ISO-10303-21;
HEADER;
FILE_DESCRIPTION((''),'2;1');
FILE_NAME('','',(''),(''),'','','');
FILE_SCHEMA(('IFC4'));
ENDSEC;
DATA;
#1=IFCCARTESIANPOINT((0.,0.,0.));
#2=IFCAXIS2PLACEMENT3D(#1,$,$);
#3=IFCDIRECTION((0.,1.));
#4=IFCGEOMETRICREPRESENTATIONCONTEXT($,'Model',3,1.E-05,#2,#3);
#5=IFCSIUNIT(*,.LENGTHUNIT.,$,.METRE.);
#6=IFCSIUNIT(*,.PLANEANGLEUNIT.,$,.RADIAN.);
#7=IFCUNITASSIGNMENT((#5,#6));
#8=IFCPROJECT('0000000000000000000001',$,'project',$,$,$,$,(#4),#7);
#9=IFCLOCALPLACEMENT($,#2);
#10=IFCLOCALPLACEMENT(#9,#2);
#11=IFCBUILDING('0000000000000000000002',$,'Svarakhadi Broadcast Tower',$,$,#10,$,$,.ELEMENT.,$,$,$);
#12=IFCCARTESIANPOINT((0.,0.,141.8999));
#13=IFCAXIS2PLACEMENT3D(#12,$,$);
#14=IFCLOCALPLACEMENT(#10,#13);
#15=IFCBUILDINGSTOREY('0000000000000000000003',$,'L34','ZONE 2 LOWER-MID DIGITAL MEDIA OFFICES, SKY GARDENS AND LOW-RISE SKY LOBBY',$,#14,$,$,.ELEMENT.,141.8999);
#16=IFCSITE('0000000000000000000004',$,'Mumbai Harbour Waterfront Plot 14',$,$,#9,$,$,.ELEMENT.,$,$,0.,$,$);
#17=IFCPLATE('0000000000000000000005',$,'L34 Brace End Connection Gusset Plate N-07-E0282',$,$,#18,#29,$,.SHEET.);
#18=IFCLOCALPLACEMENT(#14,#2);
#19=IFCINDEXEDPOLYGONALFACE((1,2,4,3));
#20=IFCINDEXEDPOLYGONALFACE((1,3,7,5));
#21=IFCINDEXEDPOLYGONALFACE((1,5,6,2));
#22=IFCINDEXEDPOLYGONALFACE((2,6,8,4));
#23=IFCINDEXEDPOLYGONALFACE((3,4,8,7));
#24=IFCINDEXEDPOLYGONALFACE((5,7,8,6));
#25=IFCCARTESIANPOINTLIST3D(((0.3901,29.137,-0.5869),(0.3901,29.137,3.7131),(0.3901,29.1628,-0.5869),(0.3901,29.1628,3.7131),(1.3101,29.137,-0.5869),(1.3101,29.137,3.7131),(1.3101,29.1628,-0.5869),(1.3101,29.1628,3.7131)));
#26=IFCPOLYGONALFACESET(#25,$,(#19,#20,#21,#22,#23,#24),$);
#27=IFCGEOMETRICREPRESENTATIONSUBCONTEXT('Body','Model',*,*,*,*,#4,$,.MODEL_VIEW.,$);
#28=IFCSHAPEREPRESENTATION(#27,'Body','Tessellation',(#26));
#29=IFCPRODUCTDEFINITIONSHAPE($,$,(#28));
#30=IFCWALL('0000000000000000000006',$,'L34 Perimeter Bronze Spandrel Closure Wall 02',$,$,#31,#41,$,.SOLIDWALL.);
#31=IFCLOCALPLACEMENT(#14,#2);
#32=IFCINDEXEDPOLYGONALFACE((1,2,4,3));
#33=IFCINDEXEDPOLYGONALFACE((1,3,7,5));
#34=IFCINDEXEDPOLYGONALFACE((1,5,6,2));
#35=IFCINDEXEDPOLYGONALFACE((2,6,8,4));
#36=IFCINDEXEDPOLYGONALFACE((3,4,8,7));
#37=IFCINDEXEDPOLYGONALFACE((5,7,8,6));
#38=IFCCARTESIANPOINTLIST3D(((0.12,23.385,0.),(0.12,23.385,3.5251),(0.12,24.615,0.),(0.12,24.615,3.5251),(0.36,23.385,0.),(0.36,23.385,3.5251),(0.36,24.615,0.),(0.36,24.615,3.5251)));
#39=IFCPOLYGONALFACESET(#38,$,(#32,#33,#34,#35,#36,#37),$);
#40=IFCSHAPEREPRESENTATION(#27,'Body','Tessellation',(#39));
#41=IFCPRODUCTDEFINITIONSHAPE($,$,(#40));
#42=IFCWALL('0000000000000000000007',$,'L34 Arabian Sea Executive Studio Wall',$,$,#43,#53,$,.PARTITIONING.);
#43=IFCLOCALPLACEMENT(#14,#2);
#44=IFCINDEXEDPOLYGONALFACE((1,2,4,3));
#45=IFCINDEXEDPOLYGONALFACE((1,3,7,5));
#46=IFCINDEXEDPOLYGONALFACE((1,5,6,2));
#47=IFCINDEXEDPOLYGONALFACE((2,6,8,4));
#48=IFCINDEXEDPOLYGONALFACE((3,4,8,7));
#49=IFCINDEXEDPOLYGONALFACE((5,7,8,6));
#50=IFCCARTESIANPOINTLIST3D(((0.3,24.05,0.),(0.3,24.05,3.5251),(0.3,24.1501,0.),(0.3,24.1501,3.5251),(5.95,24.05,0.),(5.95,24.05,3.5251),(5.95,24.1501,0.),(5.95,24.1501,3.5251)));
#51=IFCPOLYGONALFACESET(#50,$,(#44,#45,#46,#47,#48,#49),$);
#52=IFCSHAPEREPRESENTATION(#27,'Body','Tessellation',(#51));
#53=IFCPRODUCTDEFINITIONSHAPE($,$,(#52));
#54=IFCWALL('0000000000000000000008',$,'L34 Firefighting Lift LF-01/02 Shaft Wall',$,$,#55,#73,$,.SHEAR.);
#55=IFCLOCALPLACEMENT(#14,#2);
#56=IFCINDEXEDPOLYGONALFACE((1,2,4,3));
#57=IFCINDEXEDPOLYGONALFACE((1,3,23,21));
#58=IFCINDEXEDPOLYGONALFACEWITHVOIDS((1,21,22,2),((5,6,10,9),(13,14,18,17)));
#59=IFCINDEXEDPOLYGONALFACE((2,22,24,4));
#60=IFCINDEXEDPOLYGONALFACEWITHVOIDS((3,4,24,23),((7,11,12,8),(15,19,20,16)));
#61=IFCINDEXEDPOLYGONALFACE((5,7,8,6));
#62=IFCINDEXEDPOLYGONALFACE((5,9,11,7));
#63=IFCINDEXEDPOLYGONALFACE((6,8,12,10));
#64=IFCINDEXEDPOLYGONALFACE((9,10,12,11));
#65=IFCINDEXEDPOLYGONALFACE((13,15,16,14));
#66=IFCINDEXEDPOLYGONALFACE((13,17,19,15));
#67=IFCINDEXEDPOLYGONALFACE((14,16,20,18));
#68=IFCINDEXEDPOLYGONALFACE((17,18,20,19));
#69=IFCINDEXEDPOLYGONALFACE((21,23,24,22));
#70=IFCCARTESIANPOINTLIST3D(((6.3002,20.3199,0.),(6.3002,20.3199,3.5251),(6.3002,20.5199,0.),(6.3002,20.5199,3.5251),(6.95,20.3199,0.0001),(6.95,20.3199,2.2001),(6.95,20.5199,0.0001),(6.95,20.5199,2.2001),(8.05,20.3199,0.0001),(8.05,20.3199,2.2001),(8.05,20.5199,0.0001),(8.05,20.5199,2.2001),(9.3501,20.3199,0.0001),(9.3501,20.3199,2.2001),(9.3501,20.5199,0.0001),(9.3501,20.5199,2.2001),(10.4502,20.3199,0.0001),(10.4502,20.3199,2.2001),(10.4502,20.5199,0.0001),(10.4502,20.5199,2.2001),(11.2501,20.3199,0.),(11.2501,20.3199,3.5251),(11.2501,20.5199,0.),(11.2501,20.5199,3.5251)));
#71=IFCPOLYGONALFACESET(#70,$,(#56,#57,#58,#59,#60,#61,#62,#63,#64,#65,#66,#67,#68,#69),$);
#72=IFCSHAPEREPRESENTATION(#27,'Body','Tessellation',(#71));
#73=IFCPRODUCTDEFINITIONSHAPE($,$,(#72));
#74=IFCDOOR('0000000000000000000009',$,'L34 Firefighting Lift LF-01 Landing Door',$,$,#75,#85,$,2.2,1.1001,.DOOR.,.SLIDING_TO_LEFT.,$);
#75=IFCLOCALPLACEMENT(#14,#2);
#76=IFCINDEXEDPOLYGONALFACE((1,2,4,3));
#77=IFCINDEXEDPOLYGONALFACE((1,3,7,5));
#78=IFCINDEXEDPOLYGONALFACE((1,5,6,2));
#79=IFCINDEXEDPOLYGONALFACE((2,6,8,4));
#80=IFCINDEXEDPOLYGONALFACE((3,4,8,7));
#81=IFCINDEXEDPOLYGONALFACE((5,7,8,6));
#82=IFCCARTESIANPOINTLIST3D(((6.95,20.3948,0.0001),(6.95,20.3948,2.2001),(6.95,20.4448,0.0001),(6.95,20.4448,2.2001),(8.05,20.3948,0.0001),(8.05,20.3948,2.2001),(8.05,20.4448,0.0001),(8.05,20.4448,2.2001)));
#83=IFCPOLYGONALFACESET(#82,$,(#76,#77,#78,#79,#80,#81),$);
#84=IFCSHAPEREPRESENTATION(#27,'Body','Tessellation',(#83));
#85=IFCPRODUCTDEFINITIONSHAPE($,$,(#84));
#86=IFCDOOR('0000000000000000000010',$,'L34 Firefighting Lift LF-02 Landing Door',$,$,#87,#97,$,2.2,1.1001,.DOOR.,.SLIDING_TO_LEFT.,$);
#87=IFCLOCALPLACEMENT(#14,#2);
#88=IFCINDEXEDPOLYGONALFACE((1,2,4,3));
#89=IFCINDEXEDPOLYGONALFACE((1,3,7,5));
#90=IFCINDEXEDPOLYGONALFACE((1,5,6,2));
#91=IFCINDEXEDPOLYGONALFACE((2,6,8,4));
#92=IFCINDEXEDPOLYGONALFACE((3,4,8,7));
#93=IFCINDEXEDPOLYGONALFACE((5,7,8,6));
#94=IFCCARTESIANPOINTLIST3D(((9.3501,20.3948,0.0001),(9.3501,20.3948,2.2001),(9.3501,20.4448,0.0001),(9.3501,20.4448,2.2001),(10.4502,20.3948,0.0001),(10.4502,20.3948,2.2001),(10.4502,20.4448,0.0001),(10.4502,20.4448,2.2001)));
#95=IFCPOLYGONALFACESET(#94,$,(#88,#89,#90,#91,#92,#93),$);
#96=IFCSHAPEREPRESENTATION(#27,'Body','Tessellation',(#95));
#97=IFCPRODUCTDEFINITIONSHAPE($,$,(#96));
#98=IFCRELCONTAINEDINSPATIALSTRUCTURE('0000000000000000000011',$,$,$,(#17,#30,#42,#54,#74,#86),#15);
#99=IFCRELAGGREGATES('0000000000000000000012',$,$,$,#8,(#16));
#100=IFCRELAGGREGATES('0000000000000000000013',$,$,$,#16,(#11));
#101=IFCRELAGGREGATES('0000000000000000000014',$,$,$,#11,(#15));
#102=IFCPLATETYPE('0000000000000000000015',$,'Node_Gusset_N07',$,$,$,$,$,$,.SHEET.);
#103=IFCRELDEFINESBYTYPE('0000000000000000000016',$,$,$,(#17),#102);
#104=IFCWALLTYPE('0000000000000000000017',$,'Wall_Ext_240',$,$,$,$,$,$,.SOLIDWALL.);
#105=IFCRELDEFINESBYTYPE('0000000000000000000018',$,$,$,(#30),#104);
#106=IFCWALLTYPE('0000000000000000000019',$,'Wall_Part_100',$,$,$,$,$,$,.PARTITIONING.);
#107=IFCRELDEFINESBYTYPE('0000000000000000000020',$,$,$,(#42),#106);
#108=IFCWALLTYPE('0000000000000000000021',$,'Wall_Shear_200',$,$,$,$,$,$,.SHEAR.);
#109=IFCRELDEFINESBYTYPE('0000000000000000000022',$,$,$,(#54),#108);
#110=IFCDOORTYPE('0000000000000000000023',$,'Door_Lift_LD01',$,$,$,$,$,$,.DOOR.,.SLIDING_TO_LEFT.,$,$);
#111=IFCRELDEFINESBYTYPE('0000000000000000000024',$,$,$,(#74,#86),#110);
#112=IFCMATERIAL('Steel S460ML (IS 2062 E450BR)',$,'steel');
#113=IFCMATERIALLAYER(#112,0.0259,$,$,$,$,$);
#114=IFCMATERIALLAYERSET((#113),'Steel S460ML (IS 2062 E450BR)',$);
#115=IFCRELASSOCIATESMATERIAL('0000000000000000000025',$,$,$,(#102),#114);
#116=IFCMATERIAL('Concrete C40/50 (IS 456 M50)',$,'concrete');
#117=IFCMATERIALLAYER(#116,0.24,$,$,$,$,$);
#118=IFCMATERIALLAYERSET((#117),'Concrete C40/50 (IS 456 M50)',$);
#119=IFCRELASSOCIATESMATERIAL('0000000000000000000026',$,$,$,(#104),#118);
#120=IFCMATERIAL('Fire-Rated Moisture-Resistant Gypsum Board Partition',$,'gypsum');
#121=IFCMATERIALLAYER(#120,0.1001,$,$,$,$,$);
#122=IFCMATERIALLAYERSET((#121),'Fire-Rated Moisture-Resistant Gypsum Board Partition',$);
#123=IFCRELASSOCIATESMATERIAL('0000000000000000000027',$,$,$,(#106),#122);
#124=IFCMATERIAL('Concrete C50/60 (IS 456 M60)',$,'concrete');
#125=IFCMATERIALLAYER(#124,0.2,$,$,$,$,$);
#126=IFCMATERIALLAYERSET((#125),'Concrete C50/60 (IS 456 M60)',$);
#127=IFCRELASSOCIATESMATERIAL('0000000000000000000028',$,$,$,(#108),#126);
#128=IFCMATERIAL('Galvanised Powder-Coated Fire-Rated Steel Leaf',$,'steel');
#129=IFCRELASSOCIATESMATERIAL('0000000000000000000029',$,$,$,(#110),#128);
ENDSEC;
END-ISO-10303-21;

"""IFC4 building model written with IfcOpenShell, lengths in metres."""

from ifc_helpers import new_model, si_unit, direction, frame, frame_2d, origin, origin_2d, place, context, subcontext, project, spatial, rectangle, extrude, material, layer, layer_set, type_object, element, fill, save


model = new_model("IFC4")

# Units and contexts
model_context = context("Model", 3, precision=1e-05, world=origin(), true_north=direction((0.0, 1.0)))
body_context = subcontext(model_context, "Body", "Model", "MODEL_VIEW")
ifc_project = project(units=[si_unit("LENGTHUNIT", "METRE"), si_unit("PLANEANGLEUNIT", "RADIAN")], contexts=[model_context])

# Site, building, storey
site_placement = place(None, origin())
site = spatial("IfcSite", under=ifc_project, at=site_placement, Name="Mumbai Harbour Waterfront Plot 14", CompositionType="ELEMENT", RefElevation=0.0)
building_placement = place(site_placement, origin())
building = spatial("IfcBuilding", under=site, at=building_placement, Name="Svarakhadi Broadcast Tower", CompositionType="ELEMENT")
storey_placement = place(building_placement, frame((0.0, 0.0, 141.8999)))
storey = spatial("IfcBuildingStorey", under=building, at=storey_placement, Name="L34", Description="ZONE 2 LOWER-MID DIGITAL MEDIA OFFICES, SKY GARDENS AND LOW-RISE SKY LOBBY", CompositionType="ELEMENT", Elevation=141.8999)

# Shared definitions
ifc_material_1 = material(Name="Concrete C50/60 (IS 456 M60)", Category="concrete")
ifc_material_2 = material(Name="Steel S460ML (IS 2062 E450BR)", Category="steel")

# Plate
ifc_layer_1 = layer(ifc_material_2, 0.0259)
ifc_layer_set_1 = layer_set([ifc_layer_1], Name="Steel S460ML (IS 2062 E450BR)")
plate_type_1 = type_object("IfcPlateType", Name="Node_Gusset_N07", PredefinedType="SHEET", material=ifc_layer_set_1)
plate_1_placement = place(storey_placement, frame((0.8501, 29.1499, -0.5869), z_axis=(0.0, 0.0, 1.0), x_axis=(1.0, 0.0, 0.0)))
element("IfcPlate", 1, at=plate_1_placement, inside=storey, type_object=plate_type_1, Name="L34 Brace End Connection Gusset Plate N-07-E0282", PredefinedType="SHEET", context=body_context, shape_type="SweptSolid", body=[
    extrude(rectangle(XDim=0.9199, YDim=0.0259, at=origin_2d()), origin(), (0.0, 0.0, 1.0), 4.3),
])

# Walls
ifc_material_3 = material(Name="Concrete C40/50 (IS 456 M50)", Category="concrete")
ifc_layer_2 = layer(ifc_material_3, 0.24)
ifc_layer_set_2 = layer_set([ifc_layer_2], Name="Concrete C40/50 (IS 456 M50)")
wall_type_1 = type_object("IfcWallType", Name="Wall_Ext_240", PredefinedType="SOLIDWALL", material=ifc_layer_set_2)
wall_1_placement = place(storey_placement, frame((0.24, 23.385, 0.0), z_axis=(0.0, 0.0, 1.0), x_axis=(0.0, 1.0, 0.0)))
element("IfcWall", 2, at=wall_1_placement, inside=storey, type_object=wall_type_1, Name="L34 Perimeter Bronze Spandrel Closure Wall 02", PredefinedType="SOLIDWALL", context=body_context, shape_type="SweptSolid", body=[
    extrude(rectangle(XDim=1.23, YDim=0.24, at=frame_2d((0.615, 0.0))), origin(), (0.0, 0.0, 1.0), 3.5251),
])
ifc_material_4 = material(Name="Fire-Rated Moisture-Resistant Gypsum Board Partition", Category="gypsum")
ifc_layer_3 = layer(ifc_material_4, 0.1001)
ifc_layer_set_3 = layer_set([ifc_layer_3], Name="Fire-Rated Moisture-Resistant Gypsum Board Partition")
wall_type_2 = type_object("IfcWallType", Name="Wall_Part_100", PredefinedType="PARTITIONING", material=ifc_layer_set_3)
wall_2_placement = place(storey_placement, frame((0.3, 24.1001, 0.0), z_axis=(0.0, 0.0, 1.0), x_axis=(1.0, 0.0, 0.0)))
element("IfcWall", 3, at=wall_2_placement, inside=storey, type_object=wall_type_2, Name="L34 Arabian Sea Executive Studio Wall", PredefinedType="PARTITIONING", context=body_context, shape_type="SweptSolid", body=[
    extrude(rectangle(XDim=5.6499, YDim=0.1001, at=frame_2d((2.825, 0.0))), origin(), (0.0, 0.0, 1.0), 3.5251),
])

# Wall, openings, doors
ifc_layer_4 = layer(ifc_material_1, 0.2)
ifc_layer_set_4 = layer_set([ifc_layer_4], Name="Concrete C50/60 (IS 456 M60)")
wall_type_3 = type_object("IfcWallType", Name="Wall_Shear_200", PredefinedType="SHEAR", material=ifc_layer_set_4)
wall_3_placement = place(storey_placement, frame((6.3, 20.4199, 0.0), z_axis=(0.0, 0.0, 1.0), x_axis=(1.0, 0.0, 0.0)))
wall_3 = element("IfcWall", 4, at=wall_3_placement, inside=storey, type_object=wall_type_3, Name="L34 Firefighting Lift LF-01/02 Shaft Wall", PredefinedType="SHEAR", context=body_context, shape_type="SweptSolid", body=[
    extrude(rectangle(XDim=4.95, YDim=0.2, at=frame_2d((2.4751, 0.0))), origin(), (0.0, 0.0, 1.0), 3.5251),
])
opening_1_placement = place(wall_3_placement, frame((0.6499, 0.0, 0.0)))
opening_1 = element("IfcOpeningElement", 5, at=opening_1_placement, cuts=wall_3, PredefinedType="OPENING", context=body_context, shape_type="SweptSolid", body=[
    extrude(rectangle(XDim=1.1001, YDim=2.2, at=frame_2d((0.55, 1.1001))), frame((0.0, 0.1099, 0.0), z_axis=(0.0, -1.0, 0.0), x_axis=(1.0, 0.0, 0.0)), (0.0, 0.0, 1.0), 0.22),
])
opening_2_placement = place(wall_3_placement, frame((3.05, 0.0, 0.0)))
opening_2 = element("IfcOpeningElement", 6, at=opening_2_placement, cuts=wall_3, PredefinedType="OPENING", context=body_context, shape_type="SweptSolid", body=[
    extrude(rectangle(XDim=1.1001, YDim=2.2, at=frame_2d((0.55, 1.1001))), frame((0.0, 0.1099, 0.0), z_axis=(0.0, -1.0, 0.0), x_axis=(1.0, 0.0, 0.0)), (0.0, 0.0, 1.0), 0.22),
])
ifc_material_5 = material(Name="Galvanised Powder-Coated Fire-Rated Steel Leaf", Category="steel")
door_type_1 = type_object("IfcDoorType", Name="Door_Lift_LD01", OperationType="SLIDING_TO_LEFT", PredefinedType="DOOR", material=ifc_material_5)
door_1_placement = place(opening_1_placement, origin())
door_1 = element("IfcDoor", 7, at=door_1_placement, inside=storey, type_object=door_type_1, Name="L34 Firefighting Lift LF-01 Landing Door", OperationType="SLIDING_TO_LEFT", OverallHeight=2.2, OverallWidth=1.1001, PredefinedType="DOOR", context=body_context, shape_type="SweptSolid", body=[
    extrude(rectangle(XDim=1.1001, YDim=2.2, at=frame_2d((0.55, 1.1001))), frame((0.0, 0.0249, 0.0), z_axis=(0.0, -1.0, 0.0), x_axis=(1.0, 0.0, 0.0)), (0.0, 0.0, 1.0), 0.05),
])
fill(opening_1, door_1)
door_2_placement = place(opening_2_placement, origin())
door_2 = element("IfcDoor", 8, at=door_2_placement, inside=storey, type_object=door_type_1, Name="L34 Firefighting Lift LF-02 Landing Door", OperationType="SLIDING_TO_LEFT", OverallHeight=2.2, OverallWidth=1.1001, PredefinedType="DOOR", context=body_context, shape_type="SweptSolid", body=[
    extrude(rectangle(XDim=1.1001, YDim=2.2, at=frame_2d((0.55, 1.1001))), frame((0.0, 0.0249, 0.0), z_axis=(0.0, -1.0, 0.0), x_axis=(1.0, 0.0, 0.0)), (0.0, 0.0, 1.0), 0.05),
])
fill(opening_2, door_2)

save(model, "model.ifc")
